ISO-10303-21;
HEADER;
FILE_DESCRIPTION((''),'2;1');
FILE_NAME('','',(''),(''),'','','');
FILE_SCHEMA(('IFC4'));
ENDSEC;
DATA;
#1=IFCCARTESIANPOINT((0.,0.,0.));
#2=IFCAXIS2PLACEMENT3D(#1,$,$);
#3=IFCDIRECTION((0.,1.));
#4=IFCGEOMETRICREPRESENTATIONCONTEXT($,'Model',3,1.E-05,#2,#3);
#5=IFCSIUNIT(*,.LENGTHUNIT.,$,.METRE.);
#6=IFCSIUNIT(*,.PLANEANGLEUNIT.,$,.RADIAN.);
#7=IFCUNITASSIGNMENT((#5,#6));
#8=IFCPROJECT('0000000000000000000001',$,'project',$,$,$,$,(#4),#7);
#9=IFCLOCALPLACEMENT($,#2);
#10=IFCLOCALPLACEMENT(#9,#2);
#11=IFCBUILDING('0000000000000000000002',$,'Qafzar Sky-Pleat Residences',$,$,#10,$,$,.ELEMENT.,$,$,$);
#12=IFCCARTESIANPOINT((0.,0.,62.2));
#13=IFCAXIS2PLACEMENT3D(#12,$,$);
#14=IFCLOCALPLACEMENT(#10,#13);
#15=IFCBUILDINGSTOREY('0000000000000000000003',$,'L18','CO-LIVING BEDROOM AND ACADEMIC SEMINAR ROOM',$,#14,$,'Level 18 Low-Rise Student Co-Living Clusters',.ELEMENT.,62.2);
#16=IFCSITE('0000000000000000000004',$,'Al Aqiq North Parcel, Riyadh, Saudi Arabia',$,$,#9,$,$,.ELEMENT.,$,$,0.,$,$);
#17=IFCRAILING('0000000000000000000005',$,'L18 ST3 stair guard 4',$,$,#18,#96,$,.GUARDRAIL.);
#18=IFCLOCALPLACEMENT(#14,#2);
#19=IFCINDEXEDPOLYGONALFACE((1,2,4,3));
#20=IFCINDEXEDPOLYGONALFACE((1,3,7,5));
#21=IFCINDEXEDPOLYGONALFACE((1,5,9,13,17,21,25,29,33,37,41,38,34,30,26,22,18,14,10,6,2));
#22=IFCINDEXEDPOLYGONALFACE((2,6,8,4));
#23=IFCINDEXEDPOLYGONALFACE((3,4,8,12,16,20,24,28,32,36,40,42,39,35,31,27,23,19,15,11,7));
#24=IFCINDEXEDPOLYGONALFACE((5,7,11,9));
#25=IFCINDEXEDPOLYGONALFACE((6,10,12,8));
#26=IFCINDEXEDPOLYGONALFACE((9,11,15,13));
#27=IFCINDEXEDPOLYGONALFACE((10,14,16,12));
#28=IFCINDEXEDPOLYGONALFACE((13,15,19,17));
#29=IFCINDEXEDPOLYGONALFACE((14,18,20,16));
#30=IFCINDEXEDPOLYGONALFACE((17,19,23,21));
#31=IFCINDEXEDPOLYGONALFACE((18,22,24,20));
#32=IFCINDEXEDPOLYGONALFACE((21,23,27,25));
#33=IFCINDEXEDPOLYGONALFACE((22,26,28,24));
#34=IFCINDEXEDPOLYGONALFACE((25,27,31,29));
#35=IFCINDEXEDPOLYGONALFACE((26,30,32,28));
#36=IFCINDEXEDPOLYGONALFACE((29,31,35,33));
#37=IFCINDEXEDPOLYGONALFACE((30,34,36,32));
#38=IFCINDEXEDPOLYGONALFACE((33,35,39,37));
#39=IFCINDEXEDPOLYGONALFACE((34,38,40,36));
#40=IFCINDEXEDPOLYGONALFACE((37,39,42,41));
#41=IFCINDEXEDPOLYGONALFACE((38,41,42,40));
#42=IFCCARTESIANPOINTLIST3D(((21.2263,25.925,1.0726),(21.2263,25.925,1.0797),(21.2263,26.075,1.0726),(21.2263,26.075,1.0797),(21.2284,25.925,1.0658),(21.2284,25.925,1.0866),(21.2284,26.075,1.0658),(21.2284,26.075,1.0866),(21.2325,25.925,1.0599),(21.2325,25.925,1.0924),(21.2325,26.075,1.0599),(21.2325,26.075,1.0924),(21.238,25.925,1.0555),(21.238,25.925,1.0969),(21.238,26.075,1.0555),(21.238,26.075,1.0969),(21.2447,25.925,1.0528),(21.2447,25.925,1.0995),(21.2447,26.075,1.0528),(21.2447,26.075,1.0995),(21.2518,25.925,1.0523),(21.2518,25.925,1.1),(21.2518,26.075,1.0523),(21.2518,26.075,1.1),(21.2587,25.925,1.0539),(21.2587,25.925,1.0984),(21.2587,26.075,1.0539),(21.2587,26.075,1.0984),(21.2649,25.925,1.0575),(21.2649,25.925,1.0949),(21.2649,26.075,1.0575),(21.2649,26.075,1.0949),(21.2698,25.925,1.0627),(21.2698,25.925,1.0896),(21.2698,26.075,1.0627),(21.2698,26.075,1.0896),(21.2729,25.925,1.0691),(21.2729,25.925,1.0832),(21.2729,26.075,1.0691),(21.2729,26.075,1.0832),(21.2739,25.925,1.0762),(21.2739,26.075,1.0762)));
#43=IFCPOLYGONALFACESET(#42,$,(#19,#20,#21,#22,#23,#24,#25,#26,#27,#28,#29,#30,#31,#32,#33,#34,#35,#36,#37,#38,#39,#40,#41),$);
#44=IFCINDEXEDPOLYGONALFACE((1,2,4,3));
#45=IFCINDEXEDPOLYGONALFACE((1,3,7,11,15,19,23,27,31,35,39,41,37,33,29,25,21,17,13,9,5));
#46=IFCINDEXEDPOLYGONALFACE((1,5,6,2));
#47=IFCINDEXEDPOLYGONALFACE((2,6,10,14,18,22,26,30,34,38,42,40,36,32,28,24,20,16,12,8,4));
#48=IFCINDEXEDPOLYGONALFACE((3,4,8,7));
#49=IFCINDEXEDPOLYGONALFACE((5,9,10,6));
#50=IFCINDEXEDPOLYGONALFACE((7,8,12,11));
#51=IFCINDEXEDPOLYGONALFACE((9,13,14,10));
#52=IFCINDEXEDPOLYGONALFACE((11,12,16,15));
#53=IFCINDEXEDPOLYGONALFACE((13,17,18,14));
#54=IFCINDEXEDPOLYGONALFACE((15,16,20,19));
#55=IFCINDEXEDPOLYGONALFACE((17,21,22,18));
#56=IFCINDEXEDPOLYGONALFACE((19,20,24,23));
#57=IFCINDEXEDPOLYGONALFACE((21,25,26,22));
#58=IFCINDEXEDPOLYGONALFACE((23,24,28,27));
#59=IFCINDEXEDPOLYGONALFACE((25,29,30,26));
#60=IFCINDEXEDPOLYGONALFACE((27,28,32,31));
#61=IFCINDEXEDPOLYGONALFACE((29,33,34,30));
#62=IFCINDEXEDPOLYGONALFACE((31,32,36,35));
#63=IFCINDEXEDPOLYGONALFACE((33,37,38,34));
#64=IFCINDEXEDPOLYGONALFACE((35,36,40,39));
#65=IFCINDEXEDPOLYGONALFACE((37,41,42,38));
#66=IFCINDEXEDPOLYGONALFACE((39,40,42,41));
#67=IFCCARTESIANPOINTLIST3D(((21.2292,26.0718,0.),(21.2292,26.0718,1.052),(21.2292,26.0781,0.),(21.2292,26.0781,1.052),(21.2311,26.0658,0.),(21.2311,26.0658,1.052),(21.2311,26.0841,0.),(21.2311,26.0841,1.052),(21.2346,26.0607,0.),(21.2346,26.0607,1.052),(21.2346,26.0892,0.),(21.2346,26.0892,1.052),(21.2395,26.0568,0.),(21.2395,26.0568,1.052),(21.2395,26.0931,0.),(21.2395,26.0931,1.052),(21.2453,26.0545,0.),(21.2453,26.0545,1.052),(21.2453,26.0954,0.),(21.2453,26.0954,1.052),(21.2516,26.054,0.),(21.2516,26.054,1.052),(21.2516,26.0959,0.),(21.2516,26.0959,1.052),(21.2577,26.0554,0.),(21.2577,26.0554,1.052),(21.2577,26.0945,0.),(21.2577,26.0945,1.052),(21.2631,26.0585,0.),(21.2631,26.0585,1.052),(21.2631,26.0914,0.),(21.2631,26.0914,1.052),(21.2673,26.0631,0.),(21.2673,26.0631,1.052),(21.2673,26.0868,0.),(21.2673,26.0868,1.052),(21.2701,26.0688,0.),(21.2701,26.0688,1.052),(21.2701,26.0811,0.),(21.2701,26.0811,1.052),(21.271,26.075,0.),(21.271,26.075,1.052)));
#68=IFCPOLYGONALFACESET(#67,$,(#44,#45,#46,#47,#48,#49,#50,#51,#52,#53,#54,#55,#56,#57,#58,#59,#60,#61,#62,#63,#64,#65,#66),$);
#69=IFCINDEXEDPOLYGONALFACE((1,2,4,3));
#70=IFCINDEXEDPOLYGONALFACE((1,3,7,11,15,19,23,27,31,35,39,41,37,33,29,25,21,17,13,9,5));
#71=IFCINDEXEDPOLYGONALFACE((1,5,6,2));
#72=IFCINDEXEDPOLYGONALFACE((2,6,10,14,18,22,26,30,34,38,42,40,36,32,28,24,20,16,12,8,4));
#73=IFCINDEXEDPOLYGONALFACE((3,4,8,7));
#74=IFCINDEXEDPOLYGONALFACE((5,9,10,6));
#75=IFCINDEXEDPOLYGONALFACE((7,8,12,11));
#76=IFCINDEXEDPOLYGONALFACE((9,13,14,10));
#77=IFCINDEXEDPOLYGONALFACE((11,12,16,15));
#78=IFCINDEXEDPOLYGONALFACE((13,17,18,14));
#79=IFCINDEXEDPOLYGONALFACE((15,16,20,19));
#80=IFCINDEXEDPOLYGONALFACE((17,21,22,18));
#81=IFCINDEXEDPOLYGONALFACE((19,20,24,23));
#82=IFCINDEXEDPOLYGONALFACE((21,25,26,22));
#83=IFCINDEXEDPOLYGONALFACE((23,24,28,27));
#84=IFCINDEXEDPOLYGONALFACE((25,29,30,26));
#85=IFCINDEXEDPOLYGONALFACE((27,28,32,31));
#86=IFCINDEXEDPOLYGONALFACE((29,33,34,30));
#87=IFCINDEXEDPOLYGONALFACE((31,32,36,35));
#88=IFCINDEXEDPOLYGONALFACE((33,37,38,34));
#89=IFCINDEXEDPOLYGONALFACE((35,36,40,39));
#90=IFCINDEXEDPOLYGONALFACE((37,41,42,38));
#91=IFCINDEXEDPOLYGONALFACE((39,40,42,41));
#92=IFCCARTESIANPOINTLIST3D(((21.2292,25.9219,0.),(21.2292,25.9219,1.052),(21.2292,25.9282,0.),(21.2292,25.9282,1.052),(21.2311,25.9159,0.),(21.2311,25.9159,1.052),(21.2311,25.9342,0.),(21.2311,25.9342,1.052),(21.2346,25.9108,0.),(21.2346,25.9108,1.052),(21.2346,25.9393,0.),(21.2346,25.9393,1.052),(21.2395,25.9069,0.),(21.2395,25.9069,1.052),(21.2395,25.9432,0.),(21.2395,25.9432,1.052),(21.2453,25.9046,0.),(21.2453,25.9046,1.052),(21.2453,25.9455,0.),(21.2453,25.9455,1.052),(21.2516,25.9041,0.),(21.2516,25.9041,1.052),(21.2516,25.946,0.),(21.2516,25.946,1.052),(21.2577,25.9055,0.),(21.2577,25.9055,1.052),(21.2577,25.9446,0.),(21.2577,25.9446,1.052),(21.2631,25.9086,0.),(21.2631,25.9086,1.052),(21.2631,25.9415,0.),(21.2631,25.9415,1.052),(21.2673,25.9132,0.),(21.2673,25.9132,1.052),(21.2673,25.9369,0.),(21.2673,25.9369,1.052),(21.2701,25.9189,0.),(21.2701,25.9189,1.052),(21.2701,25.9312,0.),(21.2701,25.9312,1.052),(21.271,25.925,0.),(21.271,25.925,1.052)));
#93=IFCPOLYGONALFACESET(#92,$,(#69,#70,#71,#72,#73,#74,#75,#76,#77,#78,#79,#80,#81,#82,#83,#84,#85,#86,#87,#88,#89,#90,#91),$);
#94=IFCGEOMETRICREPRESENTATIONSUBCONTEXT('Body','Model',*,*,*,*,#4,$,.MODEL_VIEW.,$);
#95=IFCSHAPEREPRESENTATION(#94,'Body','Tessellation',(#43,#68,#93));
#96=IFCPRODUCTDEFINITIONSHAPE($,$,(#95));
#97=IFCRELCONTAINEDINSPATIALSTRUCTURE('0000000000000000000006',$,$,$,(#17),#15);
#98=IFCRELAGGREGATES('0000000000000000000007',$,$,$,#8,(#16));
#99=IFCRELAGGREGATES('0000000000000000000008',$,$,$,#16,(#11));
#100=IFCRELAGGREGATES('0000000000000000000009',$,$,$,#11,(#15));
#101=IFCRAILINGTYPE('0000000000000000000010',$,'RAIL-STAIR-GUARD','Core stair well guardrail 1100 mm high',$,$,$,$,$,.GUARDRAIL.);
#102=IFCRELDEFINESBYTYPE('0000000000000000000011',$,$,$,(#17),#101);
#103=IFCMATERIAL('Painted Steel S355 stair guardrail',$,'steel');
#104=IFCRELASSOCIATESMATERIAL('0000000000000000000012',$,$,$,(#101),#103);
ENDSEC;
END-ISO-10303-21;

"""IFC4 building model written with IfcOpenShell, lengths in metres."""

from ifc_helpers import new_model, si_unit, direction, frame, origin, origin_2d, place, context, subcontext, project, spatial, circle, extrude, source, transform, mapped, material, type_object, element, save


model = new_model("IFC4")

# Units and contexts
model_context = context("Model", 3, precision=1e-05, world=origin(), true_north=direction((0.0, 1.0)))
body_context = subcontext(model_context, "Body", "Model", "MODEL_VIEW")
ifc_project = project(units=[si_unit("LENGTHUNIT", "METRE"), si_unit("PLANEANGLEUNIT", "RADIAN")], contexts=[model_context])

# Site, building, storey
site_placement = place(None, origin())
site = spatial("IfcSite", under=ifc_project, at=site_placement, Name="Al Aqiq North Parcel, Riyadh, Saudi Arabia", CompositionType="ELEMENT", RefElevation=0.0)
building_placement = place(site_placement, origin())
building = spatial("IfcBuilding", under=site, at=building_placement, Name="Qafzar Sky-Pleat Residences", CompositionType="ELEMENT")
storey_placement = place(building_placement, frame((0.0, 0.0, 62.2)))
storey = spatial("IfcBuildingStorey", under=building, at=storey_placement, Name="L18", Description="CO-LIVING BEDROOM AND ACADEMIC SEMINAR ROOM", LongName="Level 18 Low-Rise Student Co-Living Clusters", CompositionType="ELEMENT", Elevation=62.2)

# Railing
ifc_material_1 = material(Name="Painted Steel S355 stair guardrail", Category="steel")
railing_type_1 = type_object("IfcRailingType", Name="RAIL-STAIR-GUARD", Description="Core stair well guardrail 1100 mm high", PredefinedType="GUARDRAIL", material=ifc_material_1)
shared_shape_1 = source(origin(), body_context, "Body", "SweptSolid", [
    extrude(circle(Radius=0.0239, at=origin_2d()), frame((0.0, 0.0, 1.0762), z_axis=(0.0, -1.0, 0.0), x_axis=(1.0, 0.0, 0.0)), (0.0, 0.0, 1.0), 0.1499),
    extrude(circle(Radius=0.021, at=origin_2d()), origin(), (0.0, 0.0, 1.0), 1.052),
    extrude(circle(Radius=0.021, at=origin_2d()), frame((0.0, -0.1499, 0.0)), (0.0, 0.0, 1.0), 1.052),
])
for number, where, name in (
    (1, (21.25, 26.075, 0.0), "L18 ST3 stair guard 4"),
):
    element("IfcRailing", number, at=place(storey_placement, frame(where)), inside=storey, type_object=railing_type_1, Name=name, PredefinedType="GUARDRAIL", context=body_context, shape_type="MappedRepresentation", body=[
        mapped(shared_shape_1, transform((0.0, 0.0, 0.0), x_axis=(1.0, 0.0, 0.0), y_axis=(0.0, 1.0, 0.0), z_axis=(0.0, 0.0, 1.0), scale=1.0)),
    ])

save(model, "model.ifc")
